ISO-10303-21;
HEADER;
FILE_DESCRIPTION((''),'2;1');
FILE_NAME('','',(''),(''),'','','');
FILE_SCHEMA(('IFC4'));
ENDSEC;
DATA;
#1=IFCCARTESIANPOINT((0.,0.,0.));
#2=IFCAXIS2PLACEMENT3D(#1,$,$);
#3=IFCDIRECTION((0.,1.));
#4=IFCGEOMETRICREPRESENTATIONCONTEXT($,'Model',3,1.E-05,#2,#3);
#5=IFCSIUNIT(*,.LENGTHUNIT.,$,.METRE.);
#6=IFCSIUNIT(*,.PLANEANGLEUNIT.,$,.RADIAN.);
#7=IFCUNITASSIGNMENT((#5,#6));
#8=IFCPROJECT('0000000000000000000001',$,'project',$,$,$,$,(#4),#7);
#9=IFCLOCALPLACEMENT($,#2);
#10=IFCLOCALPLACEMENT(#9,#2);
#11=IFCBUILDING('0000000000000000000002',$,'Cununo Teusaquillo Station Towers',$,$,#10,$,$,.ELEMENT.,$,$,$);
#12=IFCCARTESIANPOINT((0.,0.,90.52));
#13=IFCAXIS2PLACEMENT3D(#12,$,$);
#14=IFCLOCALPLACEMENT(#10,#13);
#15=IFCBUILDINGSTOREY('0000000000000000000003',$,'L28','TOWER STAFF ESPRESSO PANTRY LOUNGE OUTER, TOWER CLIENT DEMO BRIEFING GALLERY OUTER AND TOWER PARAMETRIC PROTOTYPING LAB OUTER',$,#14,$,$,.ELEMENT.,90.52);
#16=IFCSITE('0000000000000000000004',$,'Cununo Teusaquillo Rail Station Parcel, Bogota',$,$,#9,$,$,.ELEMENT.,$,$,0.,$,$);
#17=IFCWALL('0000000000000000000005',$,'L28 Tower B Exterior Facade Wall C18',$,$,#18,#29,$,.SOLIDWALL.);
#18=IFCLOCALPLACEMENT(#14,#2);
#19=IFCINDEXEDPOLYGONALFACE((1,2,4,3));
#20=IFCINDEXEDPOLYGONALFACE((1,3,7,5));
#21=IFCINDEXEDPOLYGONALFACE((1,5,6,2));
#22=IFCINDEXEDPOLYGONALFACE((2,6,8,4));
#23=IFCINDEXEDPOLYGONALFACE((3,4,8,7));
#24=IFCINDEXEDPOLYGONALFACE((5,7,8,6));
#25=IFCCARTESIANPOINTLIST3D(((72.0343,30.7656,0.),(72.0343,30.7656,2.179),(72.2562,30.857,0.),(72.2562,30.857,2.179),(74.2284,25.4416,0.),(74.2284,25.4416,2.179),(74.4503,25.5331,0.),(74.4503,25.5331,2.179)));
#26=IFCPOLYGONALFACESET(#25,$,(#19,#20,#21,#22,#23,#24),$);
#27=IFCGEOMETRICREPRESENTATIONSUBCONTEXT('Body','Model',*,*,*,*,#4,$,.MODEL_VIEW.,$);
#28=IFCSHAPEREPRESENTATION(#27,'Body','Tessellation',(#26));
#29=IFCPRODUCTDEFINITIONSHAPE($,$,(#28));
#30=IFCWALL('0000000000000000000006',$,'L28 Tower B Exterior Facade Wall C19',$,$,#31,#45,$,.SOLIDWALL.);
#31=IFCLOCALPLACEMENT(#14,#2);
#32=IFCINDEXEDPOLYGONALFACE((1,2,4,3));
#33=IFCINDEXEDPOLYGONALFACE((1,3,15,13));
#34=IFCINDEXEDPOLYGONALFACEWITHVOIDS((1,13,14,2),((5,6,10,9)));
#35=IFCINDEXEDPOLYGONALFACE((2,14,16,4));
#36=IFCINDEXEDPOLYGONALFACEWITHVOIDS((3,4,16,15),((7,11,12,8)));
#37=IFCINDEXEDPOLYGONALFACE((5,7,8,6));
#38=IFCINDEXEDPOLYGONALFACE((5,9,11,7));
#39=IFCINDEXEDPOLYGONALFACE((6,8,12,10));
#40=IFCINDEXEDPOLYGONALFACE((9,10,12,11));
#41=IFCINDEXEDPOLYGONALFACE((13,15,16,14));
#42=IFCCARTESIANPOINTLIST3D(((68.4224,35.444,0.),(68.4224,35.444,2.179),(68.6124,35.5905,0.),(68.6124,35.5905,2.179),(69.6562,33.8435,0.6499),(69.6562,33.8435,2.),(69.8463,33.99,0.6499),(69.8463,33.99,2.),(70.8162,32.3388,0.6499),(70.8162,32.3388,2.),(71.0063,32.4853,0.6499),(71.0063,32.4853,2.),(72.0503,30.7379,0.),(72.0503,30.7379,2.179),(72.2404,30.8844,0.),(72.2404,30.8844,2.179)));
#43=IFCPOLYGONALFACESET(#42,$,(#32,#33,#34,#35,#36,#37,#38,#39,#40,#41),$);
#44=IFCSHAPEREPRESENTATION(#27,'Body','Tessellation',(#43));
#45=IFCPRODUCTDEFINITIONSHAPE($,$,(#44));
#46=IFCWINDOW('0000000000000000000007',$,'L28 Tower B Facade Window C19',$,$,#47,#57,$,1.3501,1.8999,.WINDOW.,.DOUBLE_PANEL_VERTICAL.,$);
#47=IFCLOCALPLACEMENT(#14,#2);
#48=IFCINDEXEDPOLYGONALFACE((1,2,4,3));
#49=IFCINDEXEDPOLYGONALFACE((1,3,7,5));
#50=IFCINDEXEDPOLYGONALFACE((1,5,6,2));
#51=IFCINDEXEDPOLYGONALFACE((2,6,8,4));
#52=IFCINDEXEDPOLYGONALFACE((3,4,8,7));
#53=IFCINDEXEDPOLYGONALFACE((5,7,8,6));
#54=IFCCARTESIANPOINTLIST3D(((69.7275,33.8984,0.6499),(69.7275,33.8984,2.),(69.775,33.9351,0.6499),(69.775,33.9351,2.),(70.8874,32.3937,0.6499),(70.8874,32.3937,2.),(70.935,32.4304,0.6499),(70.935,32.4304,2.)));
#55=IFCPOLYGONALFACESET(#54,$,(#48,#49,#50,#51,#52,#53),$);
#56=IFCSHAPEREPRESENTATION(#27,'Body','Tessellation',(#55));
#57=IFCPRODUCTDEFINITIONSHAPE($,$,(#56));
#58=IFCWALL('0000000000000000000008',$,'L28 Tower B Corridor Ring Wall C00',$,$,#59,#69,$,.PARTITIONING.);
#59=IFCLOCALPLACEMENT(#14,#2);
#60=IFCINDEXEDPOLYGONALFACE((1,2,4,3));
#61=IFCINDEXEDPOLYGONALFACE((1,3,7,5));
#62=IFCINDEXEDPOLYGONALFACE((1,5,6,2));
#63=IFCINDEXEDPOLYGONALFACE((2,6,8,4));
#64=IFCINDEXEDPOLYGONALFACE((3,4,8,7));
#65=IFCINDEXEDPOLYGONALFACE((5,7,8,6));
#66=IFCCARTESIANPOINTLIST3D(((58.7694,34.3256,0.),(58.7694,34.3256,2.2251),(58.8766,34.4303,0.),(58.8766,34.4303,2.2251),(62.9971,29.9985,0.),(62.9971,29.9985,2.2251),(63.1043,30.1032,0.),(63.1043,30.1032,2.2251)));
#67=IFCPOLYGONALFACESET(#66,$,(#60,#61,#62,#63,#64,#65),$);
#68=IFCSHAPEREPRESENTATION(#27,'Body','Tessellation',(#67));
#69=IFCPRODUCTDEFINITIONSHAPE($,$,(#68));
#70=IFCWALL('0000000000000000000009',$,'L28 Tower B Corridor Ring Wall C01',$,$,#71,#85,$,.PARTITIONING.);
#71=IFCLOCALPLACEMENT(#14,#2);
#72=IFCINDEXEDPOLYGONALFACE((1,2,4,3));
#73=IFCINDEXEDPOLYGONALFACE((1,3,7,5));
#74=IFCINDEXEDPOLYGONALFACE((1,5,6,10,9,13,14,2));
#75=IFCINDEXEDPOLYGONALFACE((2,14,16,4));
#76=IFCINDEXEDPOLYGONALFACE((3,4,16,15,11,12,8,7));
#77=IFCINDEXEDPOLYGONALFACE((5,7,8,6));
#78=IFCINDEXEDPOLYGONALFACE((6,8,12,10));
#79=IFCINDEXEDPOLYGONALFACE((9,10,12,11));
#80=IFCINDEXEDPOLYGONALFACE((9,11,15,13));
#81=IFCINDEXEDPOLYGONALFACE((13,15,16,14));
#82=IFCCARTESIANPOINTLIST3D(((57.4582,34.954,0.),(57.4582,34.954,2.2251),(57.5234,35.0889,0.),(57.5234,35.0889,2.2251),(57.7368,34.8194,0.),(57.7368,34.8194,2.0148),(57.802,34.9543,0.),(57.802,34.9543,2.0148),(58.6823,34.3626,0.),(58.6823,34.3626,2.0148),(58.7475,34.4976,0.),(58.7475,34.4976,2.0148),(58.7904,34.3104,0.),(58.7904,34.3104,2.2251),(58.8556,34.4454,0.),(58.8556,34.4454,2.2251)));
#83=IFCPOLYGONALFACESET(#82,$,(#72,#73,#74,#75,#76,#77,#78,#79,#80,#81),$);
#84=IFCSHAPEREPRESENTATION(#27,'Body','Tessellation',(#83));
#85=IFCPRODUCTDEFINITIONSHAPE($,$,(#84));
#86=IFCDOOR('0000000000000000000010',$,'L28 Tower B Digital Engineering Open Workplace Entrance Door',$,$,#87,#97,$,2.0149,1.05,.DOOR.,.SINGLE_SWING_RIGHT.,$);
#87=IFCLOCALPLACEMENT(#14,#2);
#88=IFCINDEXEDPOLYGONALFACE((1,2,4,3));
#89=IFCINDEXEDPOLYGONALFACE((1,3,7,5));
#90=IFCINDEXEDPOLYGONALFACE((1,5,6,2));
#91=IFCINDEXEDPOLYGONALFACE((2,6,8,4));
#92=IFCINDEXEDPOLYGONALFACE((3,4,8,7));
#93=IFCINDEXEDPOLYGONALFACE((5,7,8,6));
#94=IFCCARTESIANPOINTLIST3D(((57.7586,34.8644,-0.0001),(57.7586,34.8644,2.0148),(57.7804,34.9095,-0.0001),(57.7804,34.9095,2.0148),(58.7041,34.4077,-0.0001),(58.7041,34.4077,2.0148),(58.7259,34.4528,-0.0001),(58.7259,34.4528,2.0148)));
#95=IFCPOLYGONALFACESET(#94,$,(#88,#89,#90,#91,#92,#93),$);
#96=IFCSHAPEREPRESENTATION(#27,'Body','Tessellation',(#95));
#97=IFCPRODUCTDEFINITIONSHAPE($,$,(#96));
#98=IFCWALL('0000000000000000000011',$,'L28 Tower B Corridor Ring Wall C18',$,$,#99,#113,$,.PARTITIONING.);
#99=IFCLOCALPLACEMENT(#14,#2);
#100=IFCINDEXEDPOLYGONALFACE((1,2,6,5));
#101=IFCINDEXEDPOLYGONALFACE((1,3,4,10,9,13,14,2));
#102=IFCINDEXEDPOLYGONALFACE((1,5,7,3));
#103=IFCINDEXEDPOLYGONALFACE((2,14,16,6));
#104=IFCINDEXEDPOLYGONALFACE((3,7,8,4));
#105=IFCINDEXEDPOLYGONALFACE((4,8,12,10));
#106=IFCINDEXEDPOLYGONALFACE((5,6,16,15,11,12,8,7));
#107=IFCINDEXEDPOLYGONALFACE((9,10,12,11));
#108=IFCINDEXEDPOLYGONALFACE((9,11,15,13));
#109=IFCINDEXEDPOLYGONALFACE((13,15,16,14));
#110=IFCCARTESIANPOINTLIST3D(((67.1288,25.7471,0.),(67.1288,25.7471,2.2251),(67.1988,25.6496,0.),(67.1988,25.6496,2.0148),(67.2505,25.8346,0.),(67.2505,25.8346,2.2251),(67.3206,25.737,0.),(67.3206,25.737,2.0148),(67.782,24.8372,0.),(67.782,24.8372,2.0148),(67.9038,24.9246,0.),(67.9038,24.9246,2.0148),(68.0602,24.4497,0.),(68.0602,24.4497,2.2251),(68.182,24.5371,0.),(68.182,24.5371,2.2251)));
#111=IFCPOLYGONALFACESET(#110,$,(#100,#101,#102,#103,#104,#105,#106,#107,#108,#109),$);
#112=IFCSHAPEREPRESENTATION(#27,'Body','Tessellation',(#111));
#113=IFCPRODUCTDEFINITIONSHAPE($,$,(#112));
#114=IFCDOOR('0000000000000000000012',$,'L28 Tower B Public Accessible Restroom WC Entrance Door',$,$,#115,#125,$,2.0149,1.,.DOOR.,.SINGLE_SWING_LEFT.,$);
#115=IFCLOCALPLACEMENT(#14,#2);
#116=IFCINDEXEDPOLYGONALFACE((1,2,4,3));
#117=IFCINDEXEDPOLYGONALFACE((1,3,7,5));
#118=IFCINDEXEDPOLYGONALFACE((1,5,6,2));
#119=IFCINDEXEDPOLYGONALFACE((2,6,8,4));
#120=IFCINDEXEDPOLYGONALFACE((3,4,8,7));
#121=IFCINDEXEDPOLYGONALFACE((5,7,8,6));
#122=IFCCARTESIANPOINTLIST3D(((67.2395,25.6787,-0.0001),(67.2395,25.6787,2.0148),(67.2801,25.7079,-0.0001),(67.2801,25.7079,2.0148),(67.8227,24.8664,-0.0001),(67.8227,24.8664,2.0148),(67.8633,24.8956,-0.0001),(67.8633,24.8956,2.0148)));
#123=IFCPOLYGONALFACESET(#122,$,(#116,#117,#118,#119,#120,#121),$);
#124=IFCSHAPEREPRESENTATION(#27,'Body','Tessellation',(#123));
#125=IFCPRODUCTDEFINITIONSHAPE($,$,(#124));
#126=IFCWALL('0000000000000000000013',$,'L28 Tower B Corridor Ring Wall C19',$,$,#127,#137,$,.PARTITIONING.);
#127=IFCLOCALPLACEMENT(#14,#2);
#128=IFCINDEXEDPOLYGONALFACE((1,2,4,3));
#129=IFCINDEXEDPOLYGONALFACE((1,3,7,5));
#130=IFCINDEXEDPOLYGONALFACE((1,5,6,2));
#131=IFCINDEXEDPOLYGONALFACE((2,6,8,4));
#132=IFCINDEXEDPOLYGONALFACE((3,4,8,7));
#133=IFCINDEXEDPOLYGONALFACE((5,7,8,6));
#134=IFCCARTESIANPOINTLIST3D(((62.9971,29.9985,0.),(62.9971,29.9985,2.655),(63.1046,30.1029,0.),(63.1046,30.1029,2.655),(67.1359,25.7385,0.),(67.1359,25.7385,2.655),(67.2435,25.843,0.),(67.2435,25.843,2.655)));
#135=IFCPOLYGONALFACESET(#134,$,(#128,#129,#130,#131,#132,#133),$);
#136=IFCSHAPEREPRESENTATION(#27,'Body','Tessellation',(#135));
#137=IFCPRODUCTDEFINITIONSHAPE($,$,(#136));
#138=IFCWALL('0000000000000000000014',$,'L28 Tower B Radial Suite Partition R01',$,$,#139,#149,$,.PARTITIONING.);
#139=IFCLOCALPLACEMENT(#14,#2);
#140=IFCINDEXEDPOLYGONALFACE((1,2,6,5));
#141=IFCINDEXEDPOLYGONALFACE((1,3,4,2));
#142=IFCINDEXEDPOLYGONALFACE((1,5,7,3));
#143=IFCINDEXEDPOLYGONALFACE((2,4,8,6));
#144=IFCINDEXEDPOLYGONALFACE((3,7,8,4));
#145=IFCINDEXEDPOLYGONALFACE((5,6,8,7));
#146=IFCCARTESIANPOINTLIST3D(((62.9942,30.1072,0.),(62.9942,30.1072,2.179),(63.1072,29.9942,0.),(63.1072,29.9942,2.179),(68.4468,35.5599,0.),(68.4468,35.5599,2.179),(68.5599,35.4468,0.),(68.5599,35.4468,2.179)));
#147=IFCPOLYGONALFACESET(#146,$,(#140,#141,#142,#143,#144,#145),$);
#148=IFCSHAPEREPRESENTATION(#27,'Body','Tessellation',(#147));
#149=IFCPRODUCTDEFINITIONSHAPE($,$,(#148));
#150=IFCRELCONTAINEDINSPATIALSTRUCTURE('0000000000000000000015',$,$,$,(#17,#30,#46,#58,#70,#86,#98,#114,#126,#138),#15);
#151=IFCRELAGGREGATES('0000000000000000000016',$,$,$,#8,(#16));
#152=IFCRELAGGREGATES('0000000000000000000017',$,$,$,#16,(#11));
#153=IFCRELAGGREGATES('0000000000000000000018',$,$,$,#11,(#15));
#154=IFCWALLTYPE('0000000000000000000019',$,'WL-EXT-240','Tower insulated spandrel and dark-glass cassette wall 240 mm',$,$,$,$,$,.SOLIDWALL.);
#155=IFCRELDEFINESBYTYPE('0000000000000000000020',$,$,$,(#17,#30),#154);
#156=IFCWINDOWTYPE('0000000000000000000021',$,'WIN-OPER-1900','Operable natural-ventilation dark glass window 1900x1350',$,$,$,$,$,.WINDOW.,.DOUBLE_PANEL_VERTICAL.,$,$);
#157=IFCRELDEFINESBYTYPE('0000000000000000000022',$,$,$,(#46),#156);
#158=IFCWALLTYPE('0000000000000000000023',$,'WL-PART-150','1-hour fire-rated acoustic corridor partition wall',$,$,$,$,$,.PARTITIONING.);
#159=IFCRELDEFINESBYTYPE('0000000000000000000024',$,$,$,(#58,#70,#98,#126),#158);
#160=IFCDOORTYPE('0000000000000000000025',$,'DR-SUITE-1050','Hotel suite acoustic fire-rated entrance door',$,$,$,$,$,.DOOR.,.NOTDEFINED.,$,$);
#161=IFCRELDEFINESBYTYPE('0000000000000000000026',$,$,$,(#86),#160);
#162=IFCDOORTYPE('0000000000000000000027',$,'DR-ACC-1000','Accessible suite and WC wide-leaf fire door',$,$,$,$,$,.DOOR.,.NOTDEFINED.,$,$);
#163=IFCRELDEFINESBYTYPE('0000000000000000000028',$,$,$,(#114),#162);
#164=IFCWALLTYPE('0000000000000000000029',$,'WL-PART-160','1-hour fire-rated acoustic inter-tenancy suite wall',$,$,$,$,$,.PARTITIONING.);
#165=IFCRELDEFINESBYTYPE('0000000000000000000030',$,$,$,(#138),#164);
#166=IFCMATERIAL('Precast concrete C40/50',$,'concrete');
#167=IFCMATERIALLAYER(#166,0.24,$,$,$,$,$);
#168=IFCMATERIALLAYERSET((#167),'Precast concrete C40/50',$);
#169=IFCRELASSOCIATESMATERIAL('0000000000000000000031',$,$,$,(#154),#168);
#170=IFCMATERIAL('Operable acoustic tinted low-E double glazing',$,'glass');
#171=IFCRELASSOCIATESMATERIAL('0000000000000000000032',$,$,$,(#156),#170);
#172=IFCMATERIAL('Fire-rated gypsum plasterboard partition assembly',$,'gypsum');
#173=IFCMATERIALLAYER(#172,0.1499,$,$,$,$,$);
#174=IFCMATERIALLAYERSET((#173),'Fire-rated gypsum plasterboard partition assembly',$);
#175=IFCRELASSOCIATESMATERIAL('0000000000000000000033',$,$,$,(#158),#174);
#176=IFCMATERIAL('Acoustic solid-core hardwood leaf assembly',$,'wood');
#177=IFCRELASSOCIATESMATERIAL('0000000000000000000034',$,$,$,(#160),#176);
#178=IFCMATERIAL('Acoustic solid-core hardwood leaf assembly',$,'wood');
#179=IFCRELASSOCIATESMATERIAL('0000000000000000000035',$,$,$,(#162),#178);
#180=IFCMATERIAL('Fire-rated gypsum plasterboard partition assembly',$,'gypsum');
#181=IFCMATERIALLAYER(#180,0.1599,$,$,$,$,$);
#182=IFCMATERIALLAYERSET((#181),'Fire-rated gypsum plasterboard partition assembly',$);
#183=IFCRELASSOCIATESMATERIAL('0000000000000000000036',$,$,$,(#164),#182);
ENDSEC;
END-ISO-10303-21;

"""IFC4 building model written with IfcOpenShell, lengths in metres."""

from ifc_helpers import new_model, si_unit, direction, frame, frame_2d, origin, place, context, subcontext, project, spatial, rectangle, extrude, source, transform, mapped, material, layer, layer_set, type_object, element, fill, save


model = new_model("IFC4")

# Units and contexts
model_context = context("Model", 3, precision=1e-05, world=origin(), true_north=direction((0.0, 1.0)))
body_context = subcontext(model_context, "Body", "Model", "MODEL_VIEW")
ifc_project = project(units=[si_unit("LENGTHUNIT", "METRE"), si_unit("PLANEANGLEUNIT", "RADIAN")], contexts=[model_context])

# Site, building, storey
site_placement = place(None, origin())
site = spatial("IfcSite", under=ifc_project, at=site_placement, Name="Cununo Teusaquillo Rail Station Parcel, Bogota", CompositionType="ELEMENT", RefElevation=0.0)
building_placement = place(site_placement, origin())
building = spatial("IfcBuilding", under=site, at=building_placement, Name="Cununo Teusaquillo Station Towers", CompositionType="ELEMENT")
storey_placement = place(building_placement, frame((0.0, 0.0, 90.52)))
storey = spatial("IfcBuildingStorey", under=building, at=storey_placement, Name="L28", Description="TOWER STAFF ESPRESSO PANTRY LOUNGE OUTER, TOWER CLIENT DEMO BRIEFING GALLERY OUTER AND TOWER PARAMETRIC PROTOTYPING LAB OUTER", CompositionType="ELEMENT", Elevation=90.52)

# Shared definitions
ifc_material_1 = material(Name="Precast concrete C40/50", Category="concrete")
ifc_layer_1 = layer(ifc_material_1, 0.24)
ifc_layer_set_1 = layer_set([ifc_layer_1], Name="Precast concrete C40/50")
wall_type_1 = type_object("IfcWallType", Name="WL-EXT-240", Description="Tower insulated spandrel and dark-glass cassette wall 240 mm", PredefinedType="SOLIDWALL", material=ifc_layer_set_1)

# Wall
wall_1_placement = place(storey_placement, frame((72.1453, 30.8113, 0.0), z_axis=(0.0, 0.0, 1.0), x_axis=(0.381027, -0.924564, 0.0)))
element("IfcWall", 1, at=wall_1_placement, inside=storey, type_object=wall_type_1, Name="L28 Tower B Exterior Facade Wall C18", PredefinedType="SOLIDWALL", context=body_context, shape_type="SweptSolid", body=[
    extrude(rectangle(XDim=5.7583, YDim=0.24, at=frame_2d((2.8792, 0.0))), origin(), (0.0, 0.0, 1.0), 2.179),
])

# Wall, opening, window
wall_2_placement = place(storey_placement, frame((68.5173, 35.5173, 0.0), z_axis=(0.0, 0.0, 1.0), x_axis=(0.610544, -0.791982, 0.0)))
wall_2 = element("IfcWall", 2, at=wall_2_placement, inside=storey, type_object=wall_type_1, Name="L28 Tower B Exterior Facade Wall C19", PredefinedType="SOLIDWALL", context=body_context, shape_type="SweptSolid", body=[
    extrude(rectangle(XDim=5.9421, YDim=0.24, at=frame_2d((2.9712, 0.0))), origin(), (0.0, 0.0, 1.0), 2.179),
])
shared_shape_1 = source(origin(), body_context, "Body", "SweptSolid", [
    extrude(rectangle(XDim=1.8999, YDim=1.3501, at=frame_2d((0.95, 0.675))), frame((0.0, 0.1299, 0.0), z_axis=(0.0, -1.0, 0.0), x_axis=(1.0, 0.0, 0.0)), (0.0, 0.0, 1.0), 0.26),
])
opening_1_placement = place(wall_2_placement, frame((2.021, 0.0, 0.6499)))
opening_1 = element("IfcOpeningElement", 3, at=opening_1_placement, cuts=wall_2, PredefinedType="OPENING", context=body_context, shape_type="MappedRepresentation", body=[
    mapped(shared_shape_1, transform((0.0, 0.0, 0.0), x_axis=(1.0, 0.0, 0.0), y_axis=(0.0, 1.0, 0.0), z_axis=(0.0, 0.0, 1.0), scale=1.0)),
])
ifc_material_2 = material(Name="Operable acoustic tinted low-E double glazing", Category="glass")
window_type_1 = type_object("IfcWindowType", Name="WIN-OPER-1900", Description="Operable natural-ventilation dark glass window 1900x1350", PartitioningType="DOUBLE_PANEL_VERTICAL", PredefinedType="WINDOW", material=ifc_material_2)
shared_shape_2 = source(origin(), body_context, "Body", "SweptSolid", [
    extrude(rectangle(XDim=1.8999, YDim=1.3501, at=frame_2d((0.95, 0.675))), frame((0.0, 0.03, 0.0), z_axis=(0.0, -1.0, 0.0), x_axis=(1.0, 0.0, 0.0)), (0.0, 0.0, 1.0), 0.0601),
])
window_1_placement = place(opening_1_placement, origin())
window_1 = element("IfcWindow", 4, at=window_1_placement, inside=storey, type_object=window_type_1, Name="L28 Tower B Facade Window C19", OverallHeight=1.3501, OverallWidth=1.8999, PartitioningType="DOUBLE_PANEL_VERTICAL", PredefinedType="WINDOW", context=body_context, shape_type="MappedRepresentation", body=[
    mapped(shared_shape_2, transform((0.0, 0.0, 0.0), x_axis=(1.0, 0.0, 0.0), y_axis=(0.0, 1.0, 0.0), z_axis=(0.0, 0.0, 1.0), scale=1.0)),
])
fill(opening_1, window_1)

# Wall
ifc_material_3 = material(Name="Fire-rated gypsum plasterboard partition assembly", Category="gypsum")
ifc_layer_2 = layer(ifc_material_3, 0.1499)
ifc_layer_set_2 = layer_set([ifc_layer_2], Name="Fire-rated gypsum plasterboard partition assembly")
wall_type_2 = type_object("IfcWallType", Name="WL-PART-150", Description="1-hour fire-rated acoustic corridor partition wall", PredefinedType="PARTITIONING", material=ifc_layer_set_2)
wall_3_placement = place(storey_placement, frame((63.0508, 30.0508, 0.0), z_axis=(0.0, 0.0, 1.0), x_axis=(-0.698847, 0.715272, 0.0)))
element("IfcWall", 5, at=wall_3_placement, inside=storey, type_object=wall_type_2, Name="L28 Tower B Corridor Ring Wall C00", PredefinedType="PARTITIONING", context=body_context, shape_type="SweptSolid", body=[
    extrude(rectangle(XDim=6.0496, YDim=0.1499, at=frame_2d((3.0249, 0.0))), origin(), (0.0, 0.0, 1.0), 2.2251),
])

# Walls, openings, doors
wall_4_placement = place(storey_placement, frame((58.823, 34.3779, 0.0), z_axis=(0.0, 0.0, 1.0), x_axis=(-0.900449, 0.434961, 0.0)))
wall_4 = element("IfcWall", 6, at=wall_4_placement, inside=storey, type_object=wall_type_2, Name="L28 Tower B Corridor Ring Wall C01", PredefinedType="PARTITIONING", context=body_context, shape_type="SweptSolid", body=[
    extrude(rectangle(XDim=1.4795, YDim=0.1499, at=frame_2d((0.7397, 0.0))), origin(), (0.0, 0.0, 1.0), 2.2251),
])
shared_shape_3 = source(origin(), body_context, "Body", "SweptSolid", [
    extrude(rectangle(XDim=1.05, YDim=2.0149, at=frame_2d((0.5249, 1.0073))), frame((0.0, 0.085, 0.0), z_axis=(0.0, -1.0, 0.0), x_axis=(1.0, 0.0, 0.0)), (0.0, 0.0, 1.0), 0.1699),
])
opening_2_placement = place(wall_4_placement, frame((0.1201, 0.0, 0.0)))
opening_2 = element("IfcOpeningElement", 7, at=opening_2_placement, cuts=wall_4, PredefinedType="OPENING", context=body_context, shape_type="MappedRepresentation", body=[
    mapped(shared_shape_3, transform((0.0, 0.0, 0.0), x_axis=(1.0, 0.0, 0.0), y_axis=(0.0, 1.0, 0.0), z_axis=(0.0, 0.0, 1.0), scale=1.0)),
])
ifc_material_4 = material(Name="Acoustic solid-core hardwood leaf assembly", Category="wood")
door_type_1 = type_object("IfcDoorType", Name="DR-SUITE-1050", Description="Hotel suite acoustic fire-rated entrance door", OperationType="NOTDEFINED", PredefinedType="DOOR", material=ifc_material_4)
shared_shape_4 = source(origin(), body_context, "Body", "SweptSolid", [
    extrude(rectangle(XDim=1.05, YDim=2.0149, at=frame_2d((0.5249, 1.0073))), frame((0.0, 0.0249, 0.0), z_axis=(0.0, -1.0, 0.0), x_axis=(1.0, 0.0, 0.0)), (0.0, 0.0, 1.0), 0.05),
])
door_1_placement = place(opening_2_placement, origin())
door_1 = element("IfcDoor", 8, at=door_1_placement, inside=storey, type_object=door_type_1, Name="L28 Tower B Digital Engineering Open Workplace Entrance Door", OperationType="SINGLE_SWING_RIGHT", OverallHeight=2.0149, OverallWidth=1.05, PredefinedType="DOOR", context=body_context, shape_type="MappedRepresentation", body=[
    mapped(shared_shape_4, transform((0.0, 0.0, 0.0), x_axis=(1.0, 0.0, 0.0), y_axis=(0.0, 1.0, 0.0), z_axis=(0.0, 0.0, 1.0), scale=1.0)),
])
fill(opening_2, door_1)
wall_5_placement = place(storey_placement, frame((68.1211, 24.4934, 0.0), z_axis=(0.0, 0.0, 1.0), x_axis=(-0.583189, 0.812337, 0.0)))
wall_5 = element("IfcWall", 9, at=wall_5_placement, inside=storey, type_object=wall_type_2, Name="L28 Tower B Corridor Ring Wall C18", PredefinedType="PARTITIONING", context=body_context, shape_type="SweptSolid", body=[
    extrude(rectangle(XDim=1.5972, YDim=0.1499, at=frame_2d((0.7986, 0.0))), origin(), (0.0, 0.0, 1.0), 2.2251),
])
shared_shape_5 = source(origin(), body_context, "Body", "SweptSolid", [
    extrude(rectangle(XDim=1.0, YDim=2.0149, at=frame_2d((0.5, 1.0073))), frame((0.0, 0.085, 0.0), z_axis=(0.0, -1.0, 0.0), x_axis=(1.0, 0.0, 0.0)), (0.0, 0.0, 1.0), 0.1699),
])
opening_3_placement = place(wall_5_placement, frame((0.4771, 0.0, 0.0)))
opening_3 = element("IfcOpeningElement", 10, at=opening_3_placement, cuts=wall_5, PredefinedType="OPENING", context=body_context, shape_type="MappedRepresentation", body=[
    mapped(shared_shape_5, transform((0.0, 0.0, 0.0), x_axis=(1.0, 0.0, 0.0), y_axis=(0.0, 1.0, 0.0), z_axis=(0.0, 0.0, 1.0), scale=1.0)),
])
ifc_material_5 = material(Name="Acoustic solid-core hardwood leaf assembly", Category="wood")
door_type_2 = type_object("IfcDoorType", Name="DR-ACC-1000", Description="Accessible suite and WC wide-leaf fire door", OperationType="NOTDEFINED", PredefinedType="DOOR", material=ifc_material_5)
shared_shape_6 = source(origin(), body_context, "Body", "SweptSolid", [
    extrude(rectangle(XDim=1.0, YDim=2.0149, at=frame_2d((0.5, 1.0073))), frame((0.0, 0.0249, 0.0), z_axis=(0.0, -1.0, 0.0), x_axis=(1.0, 0.0, 0.0)), (0.0, 0.0, 1.0), 0.05),
])
door_2_placement = place(opening_3_placement, origin())
door_2 = element("IfcDoor", 11, at=door_2_placement, inside=storey, type_object=door_type_2, Name="L28 Tower B Public Accessible Restroom WC Entrance Door", OperationType="SINGLE_SWING_LEFT", OverallHeight=2.0149, OverallWidth=1.0, PredefinedType="DOOR", context=body_context, shape_type="MappedRepresentation", body=[
    mapped(shared_shape_6, transform((0.0, 0.0, 0.0), x_axis=(1.0, 0.0, 0.0), y_axis=(0.0, 1.0, 0.0), z_axis=(0.0, 0.0, 1.0), scale=1.0)),
])
fill(opening_3, door_2)

# Walls
wall_6_placement = place(storey_placement, frame((67.1897, 25.7908, 0.0), z_axis=(0.0, 0.0, 1.0), x_axis=(-0.696839, 0.717227, 0.0)))
element("IfcWall", 12, at=wall_6_placement, inside=storey, type_object=wall_type_2, Name="L28 Tower B Corridor Ring Wall C19", PredefinedType="PARTITIONING", context=body_context, shape_type="SweptSolid", body=[
    extrude(rectangle(XDim=5.9395, YDim=0.1499, at=frame_2d((2.9697, 0.0))), origin(), (0.0, 0.0, 1.0), 2.655),
])
ifc_material_6 = material(Name="Fire-rated gypsum plasterboard partition assembly", Category="gypsum")
ifc_layer_3 = layer(ifc_material_6, 0.1599)
ifc_layer_set_3 = layer_set([ifc_layer_3], Name="Fire-rated gypsum plasterboard partition assembly")
wall_type_3 = type_object("IfcWallType", Name="WL-PART-160", Description="1-hour fire-rated acoustic inter-tenancy suite wall", PredefinedType="PARTITIONING", material=ifc_layer_set_3)
wall_7_placement = place(storey_placement, frame((63.0508, 30.0508, 0.0), z_axis=(0.0, 0.0, 1.0), x_axis=(0.707107, 0.707107, 0.0)))
element("IfcWall", 13, at=wall_7_placement, inside=storey, type_object=wall_type_3, Name="L28 Tower B Radial Suite Partition R01", PredefinedType="PARTITIONING", context=body_context, shape_type="SweptSolid", body=[
    extrude(rectangle(XDim=7.7112, YDim=0.1599, at=frame_2d((3.8555, 0.0))), origin(), (0.0, 0.0, 1.0), 2.179),
])

save(model, "model.ifc")
